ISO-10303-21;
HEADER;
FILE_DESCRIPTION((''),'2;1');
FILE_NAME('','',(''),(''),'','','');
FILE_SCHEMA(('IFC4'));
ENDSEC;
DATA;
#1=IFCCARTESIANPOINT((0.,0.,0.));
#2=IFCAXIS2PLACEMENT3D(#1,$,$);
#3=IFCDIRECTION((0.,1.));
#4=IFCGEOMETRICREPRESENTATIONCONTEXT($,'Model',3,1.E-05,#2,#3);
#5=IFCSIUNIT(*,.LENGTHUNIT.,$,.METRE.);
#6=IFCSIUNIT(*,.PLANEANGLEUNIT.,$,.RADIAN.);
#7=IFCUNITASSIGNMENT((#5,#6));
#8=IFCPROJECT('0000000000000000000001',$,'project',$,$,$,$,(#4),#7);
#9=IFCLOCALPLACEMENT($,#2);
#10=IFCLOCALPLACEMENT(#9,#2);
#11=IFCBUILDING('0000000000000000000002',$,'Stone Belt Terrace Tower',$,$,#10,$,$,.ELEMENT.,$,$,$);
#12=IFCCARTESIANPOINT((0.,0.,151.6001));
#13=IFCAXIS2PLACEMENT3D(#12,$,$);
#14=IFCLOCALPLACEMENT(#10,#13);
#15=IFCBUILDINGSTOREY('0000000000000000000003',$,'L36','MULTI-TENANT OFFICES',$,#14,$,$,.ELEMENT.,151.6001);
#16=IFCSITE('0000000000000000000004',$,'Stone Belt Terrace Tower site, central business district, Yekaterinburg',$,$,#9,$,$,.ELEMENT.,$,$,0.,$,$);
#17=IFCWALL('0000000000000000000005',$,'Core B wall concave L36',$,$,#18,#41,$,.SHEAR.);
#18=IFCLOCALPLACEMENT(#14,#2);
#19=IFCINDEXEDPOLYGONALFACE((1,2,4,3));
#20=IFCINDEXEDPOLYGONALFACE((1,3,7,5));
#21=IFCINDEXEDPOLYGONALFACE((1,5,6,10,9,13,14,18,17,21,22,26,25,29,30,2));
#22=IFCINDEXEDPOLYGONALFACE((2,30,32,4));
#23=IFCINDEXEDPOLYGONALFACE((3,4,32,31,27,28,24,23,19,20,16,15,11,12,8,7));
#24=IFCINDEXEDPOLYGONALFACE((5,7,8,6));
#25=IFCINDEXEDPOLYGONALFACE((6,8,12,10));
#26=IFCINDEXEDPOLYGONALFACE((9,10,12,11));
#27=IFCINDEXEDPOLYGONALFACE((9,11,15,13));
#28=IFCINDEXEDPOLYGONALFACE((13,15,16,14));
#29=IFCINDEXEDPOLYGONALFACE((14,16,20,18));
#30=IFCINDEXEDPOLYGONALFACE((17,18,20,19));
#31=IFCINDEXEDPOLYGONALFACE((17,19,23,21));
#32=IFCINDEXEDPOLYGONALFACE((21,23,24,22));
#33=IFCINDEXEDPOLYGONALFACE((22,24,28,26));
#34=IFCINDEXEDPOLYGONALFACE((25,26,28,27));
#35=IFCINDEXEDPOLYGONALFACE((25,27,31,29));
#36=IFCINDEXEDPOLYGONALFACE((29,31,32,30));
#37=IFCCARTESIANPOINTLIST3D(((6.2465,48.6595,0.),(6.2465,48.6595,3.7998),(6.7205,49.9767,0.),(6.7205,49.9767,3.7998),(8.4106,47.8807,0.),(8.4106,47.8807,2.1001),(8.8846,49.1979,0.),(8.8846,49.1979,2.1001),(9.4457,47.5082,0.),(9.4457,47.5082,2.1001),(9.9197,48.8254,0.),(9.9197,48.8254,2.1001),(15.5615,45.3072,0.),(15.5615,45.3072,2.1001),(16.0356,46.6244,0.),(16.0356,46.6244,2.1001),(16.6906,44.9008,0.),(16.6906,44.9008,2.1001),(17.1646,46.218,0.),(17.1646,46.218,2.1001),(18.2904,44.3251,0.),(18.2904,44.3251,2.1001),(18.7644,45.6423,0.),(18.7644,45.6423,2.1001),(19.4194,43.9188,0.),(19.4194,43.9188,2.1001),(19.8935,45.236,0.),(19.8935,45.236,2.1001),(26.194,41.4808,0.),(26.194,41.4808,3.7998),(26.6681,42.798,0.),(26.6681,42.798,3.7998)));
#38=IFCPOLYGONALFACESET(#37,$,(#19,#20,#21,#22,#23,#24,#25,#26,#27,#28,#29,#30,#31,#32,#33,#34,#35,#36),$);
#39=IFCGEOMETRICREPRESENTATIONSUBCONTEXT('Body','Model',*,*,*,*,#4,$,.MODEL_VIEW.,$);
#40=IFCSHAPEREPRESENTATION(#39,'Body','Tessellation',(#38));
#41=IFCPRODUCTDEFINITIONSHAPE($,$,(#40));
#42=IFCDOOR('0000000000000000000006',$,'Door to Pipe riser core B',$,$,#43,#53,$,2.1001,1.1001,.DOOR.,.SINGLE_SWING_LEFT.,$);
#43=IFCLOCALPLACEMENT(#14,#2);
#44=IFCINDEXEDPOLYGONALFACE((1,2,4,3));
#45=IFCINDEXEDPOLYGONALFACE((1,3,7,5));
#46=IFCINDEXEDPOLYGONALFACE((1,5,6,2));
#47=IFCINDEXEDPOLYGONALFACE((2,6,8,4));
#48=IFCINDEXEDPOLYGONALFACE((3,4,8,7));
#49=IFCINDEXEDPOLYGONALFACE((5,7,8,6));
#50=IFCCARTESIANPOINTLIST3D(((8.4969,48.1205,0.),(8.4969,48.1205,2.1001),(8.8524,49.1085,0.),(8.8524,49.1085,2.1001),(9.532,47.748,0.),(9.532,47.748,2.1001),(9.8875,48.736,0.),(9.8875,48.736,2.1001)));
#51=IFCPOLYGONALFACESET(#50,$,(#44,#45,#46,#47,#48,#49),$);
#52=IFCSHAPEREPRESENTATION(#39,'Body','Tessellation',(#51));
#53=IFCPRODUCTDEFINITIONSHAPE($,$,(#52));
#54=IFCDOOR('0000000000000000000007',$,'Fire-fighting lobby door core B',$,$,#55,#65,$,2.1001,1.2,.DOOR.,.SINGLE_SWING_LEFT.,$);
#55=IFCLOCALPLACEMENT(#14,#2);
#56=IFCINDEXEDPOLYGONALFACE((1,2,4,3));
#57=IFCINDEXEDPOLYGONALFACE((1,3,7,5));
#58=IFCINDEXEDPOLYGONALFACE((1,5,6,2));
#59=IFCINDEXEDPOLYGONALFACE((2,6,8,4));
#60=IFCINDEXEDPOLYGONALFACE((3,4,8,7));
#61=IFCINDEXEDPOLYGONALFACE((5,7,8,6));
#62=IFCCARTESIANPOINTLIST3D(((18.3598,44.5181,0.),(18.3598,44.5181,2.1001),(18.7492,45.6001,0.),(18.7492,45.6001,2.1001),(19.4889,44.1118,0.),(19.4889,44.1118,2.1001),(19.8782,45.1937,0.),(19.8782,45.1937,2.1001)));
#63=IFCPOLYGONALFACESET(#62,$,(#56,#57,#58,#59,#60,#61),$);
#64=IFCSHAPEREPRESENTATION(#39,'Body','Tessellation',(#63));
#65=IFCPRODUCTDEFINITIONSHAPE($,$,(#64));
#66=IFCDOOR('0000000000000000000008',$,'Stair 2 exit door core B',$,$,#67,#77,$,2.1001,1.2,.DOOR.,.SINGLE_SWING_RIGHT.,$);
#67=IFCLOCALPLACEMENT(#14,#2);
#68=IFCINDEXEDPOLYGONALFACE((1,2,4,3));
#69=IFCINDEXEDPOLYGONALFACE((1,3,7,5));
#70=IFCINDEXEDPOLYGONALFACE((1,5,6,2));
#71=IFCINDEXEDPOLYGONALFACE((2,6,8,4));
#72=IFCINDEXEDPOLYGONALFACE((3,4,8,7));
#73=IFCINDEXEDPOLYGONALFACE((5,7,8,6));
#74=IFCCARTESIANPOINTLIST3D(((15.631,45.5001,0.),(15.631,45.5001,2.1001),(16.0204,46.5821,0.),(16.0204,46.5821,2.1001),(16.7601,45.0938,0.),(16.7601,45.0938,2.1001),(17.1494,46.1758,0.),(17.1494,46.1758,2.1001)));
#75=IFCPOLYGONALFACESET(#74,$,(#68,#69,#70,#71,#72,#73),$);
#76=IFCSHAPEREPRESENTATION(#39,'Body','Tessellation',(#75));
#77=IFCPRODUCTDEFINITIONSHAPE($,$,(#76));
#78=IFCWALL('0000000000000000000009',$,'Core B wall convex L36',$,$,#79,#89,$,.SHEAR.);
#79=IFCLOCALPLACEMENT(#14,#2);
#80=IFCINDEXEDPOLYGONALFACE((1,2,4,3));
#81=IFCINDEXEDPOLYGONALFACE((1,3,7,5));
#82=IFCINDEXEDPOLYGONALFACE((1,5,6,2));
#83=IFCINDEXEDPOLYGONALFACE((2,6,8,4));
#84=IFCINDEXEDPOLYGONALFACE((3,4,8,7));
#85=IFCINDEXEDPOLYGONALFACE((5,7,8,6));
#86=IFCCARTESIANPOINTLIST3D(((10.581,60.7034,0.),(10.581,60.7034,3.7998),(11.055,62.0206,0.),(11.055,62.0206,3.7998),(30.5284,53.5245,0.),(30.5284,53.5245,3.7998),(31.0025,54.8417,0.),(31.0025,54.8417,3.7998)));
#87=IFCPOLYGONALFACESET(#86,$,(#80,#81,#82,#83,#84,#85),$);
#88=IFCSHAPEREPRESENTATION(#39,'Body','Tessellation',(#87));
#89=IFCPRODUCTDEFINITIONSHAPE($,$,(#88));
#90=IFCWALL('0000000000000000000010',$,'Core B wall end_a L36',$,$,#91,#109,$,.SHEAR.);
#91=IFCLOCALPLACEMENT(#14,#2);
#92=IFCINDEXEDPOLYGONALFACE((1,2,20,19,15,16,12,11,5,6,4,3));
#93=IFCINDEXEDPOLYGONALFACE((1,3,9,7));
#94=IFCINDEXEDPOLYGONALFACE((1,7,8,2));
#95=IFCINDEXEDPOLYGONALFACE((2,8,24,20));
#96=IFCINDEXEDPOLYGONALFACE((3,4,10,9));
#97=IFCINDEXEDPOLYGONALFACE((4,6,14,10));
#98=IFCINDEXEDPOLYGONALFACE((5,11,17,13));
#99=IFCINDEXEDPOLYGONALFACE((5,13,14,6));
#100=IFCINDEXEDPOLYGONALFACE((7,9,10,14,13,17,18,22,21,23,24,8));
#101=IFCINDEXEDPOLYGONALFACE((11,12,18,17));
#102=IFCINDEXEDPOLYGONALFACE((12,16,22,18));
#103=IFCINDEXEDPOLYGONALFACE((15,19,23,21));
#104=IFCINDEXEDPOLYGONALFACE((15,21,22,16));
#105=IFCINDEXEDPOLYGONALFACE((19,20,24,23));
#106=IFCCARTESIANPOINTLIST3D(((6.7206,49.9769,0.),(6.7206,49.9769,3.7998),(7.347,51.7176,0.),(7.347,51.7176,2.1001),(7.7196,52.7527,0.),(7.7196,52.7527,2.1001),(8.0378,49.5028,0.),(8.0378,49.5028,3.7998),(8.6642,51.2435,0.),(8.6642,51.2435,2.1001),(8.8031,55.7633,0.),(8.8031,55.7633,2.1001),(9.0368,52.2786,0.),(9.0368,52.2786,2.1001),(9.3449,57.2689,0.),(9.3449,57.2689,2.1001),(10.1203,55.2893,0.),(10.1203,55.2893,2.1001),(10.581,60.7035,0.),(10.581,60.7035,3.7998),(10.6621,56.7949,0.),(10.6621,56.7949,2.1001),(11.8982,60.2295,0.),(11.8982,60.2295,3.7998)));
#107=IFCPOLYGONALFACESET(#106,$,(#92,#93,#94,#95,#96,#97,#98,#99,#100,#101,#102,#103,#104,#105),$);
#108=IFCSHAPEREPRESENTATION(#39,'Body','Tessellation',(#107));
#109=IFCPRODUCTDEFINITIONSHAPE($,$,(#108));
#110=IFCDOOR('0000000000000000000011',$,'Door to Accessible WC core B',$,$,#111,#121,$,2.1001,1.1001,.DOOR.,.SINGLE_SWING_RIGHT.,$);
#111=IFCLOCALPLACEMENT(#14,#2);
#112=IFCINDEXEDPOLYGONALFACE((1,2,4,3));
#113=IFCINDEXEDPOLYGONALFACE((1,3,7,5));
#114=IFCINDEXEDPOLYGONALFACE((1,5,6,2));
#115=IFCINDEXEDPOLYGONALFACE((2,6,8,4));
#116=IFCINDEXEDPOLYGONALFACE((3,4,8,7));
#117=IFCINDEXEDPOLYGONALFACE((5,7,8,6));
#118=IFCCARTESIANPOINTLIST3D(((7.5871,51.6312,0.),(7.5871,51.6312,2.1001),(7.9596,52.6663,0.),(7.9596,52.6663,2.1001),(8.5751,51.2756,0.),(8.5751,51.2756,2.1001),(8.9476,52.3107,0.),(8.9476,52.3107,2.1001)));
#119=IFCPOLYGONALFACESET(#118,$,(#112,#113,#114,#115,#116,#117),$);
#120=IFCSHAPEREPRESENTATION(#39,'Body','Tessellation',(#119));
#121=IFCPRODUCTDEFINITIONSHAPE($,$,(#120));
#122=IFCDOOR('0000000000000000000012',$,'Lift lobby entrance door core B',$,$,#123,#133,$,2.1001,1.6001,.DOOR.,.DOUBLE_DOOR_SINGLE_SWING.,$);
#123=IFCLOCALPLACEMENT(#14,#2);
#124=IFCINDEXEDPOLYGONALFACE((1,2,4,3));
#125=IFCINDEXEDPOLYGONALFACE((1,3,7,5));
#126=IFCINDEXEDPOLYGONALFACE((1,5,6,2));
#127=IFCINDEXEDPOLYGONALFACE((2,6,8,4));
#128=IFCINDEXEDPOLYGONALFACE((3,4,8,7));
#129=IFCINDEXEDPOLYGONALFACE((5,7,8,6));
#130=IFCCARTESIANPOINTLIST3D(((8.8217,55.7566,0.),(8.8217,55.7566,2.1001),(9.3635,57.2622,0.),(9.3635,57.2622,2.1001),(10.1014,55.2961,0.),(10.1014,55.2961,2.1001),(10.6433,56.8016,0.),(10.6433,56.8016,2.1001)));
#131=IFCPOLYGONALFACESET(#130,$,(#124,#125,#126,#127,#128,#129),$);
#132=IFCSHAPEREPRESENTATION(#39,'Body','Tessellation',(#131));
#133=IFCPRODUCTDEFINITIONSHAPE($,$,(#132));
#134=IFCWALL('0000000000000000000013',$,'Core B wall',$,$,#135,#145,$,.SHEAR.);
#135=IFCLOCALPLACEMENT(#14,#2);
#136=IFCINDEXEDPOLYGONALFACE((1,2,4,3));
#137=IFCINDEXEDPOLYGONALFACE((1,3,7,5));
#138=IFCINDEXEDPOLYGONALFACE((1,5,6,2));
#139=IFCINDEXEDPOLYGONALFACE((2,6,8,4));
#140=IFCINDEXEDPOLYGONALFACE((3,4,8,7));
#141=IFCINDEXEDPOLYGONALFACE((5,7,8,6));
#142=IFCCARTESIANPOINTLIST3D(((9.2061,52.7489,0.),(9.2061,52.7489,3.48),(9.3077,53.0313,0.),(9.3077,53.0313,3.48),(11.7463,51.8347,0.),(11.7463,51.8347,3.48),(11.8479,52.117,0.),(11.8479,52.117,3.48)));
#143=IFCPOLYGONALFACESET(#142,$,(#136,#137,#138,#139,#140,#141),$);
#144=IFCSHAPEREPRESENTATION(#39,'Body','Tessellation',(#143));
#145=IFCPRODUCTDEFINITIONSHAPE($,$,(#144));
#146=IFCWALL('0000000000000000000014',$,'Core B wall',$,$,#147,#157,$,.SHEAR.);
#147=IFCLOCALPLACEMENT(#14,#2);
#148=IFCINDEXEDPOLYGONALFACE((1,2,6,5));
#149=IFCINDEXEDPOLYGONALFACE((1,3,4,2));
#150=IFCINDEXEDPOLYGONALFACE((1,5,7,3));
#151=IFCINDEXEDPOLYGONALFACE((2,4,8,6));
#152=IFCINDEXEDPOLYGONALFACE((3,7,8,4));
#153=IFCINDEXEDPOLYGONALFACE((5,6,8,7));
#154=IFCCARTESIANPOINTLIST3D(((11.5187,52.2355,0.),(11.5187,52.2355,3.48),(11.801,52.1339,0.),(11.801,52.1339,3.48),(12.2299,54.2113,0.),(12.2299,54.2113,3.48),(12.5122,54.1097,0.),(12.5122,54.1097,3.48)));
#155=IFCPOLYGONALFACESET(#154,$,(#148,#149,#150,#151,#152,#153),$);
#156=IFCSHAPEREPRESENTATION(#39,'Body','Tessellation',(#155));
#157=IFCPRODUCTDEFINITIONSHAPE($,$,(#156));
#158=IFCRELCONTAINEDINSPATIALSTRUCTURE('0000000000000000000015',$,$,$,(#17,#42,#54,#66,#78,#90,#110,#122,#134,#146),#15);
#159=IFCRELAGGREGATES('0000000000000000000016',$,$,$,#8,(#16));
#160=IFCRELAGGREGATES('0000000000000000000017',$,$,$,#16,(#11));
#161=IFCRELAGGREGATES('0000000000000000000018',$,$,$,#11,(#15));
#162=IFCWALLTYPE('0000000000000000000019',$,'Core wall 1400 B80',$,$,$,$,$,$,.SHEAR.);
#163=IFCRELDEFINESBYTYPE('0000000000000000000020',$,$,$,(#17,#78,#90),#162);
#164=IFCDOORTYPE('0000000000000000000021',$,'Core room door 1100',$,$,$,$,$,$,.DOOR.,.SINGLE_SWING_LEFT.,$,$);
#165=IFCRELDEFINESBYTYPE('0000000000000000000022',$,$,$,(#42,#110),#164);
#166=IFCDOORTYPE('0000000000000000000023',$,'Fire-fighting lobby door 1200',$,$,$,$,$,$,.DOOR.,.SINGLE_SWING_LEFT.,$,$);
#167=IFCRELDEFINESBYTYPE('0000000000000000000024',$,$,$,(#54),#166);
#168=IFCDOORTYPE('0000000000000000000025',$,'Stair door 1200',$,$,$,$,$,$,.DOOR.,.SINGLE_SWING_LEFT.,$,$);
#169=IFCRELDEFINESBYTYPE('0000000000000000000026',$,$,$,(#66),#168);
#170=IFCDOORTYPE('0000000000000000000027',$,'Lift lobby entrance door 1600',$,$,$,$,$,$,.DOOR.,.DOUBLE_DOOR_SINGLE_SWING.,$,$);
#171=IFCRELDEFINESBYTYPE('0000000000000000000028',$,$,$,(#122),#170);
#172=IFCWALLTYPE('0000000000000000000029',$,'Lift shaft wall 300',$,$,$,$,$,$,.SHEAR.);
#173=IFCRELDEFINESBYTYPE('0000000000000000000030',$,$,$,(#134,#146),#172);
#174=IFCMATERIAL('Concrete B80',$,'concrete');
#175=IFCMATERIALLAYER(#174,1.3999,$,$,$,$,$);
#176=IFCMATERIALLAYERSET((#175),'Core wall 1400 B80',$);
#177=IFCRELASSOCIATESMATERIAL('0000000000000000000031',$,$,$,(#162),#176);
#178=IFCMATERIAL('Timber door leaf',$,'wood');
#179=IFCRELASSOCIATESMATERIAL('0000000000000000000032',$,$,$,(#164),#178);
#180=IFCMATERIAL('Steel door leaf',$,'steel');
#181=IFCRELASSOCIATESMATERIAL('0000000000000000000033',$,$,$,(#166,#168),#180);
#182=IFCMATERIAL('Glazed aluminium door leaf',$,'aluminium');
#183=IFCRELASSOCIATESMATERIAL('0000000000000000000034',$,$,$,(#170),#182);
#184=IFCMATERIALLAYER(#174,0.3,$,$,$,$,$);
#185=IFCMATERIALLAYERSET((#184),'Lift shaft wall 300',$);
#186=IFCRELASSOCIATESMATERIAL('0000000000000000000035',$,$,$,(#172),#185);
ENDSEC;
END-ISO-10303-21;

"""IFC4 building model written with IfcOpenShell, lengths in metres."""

from ifc_helpers import new_model, si_unit, direction, frame, frame_2d, origin, place, context, subcontext, project, spatial, rectangle, extrude, material, layer, layer_set, type_object, element, fill, save


model = new_model("IFC4")

# Units and contexts
model_context = context("Model", 3, precision=1e-05, world=origin(), true_north=direction((0.0, 1.0)))
body_context = subcontext(model_context, "Body", "Model", "MODEL_VIEW")
ifc_project = project(units=[si_unit("LENGTHUNIT", "METRE"), si_unit("PLANEANGLEUNIT", "RADIAN")], contexts=[model_context])

# Site, building, storey
site_placement = place(None, origin())
site = spatial("IfcSite", under=ifc_project, at=site_placement, Name="Stone Belt Terrace Tower site, central business district, Yekaterinburg", CompositionType="ELEMENT", RefElevation=0.0)
building_placement = place(site_placement, origin())
building = spatial("IfcBuilding", under=site, at=building_placement, Name="Stone Belt Terrace Tower", CompositionType="ELEMENT")
storey_placement = place(building_placement, frame((0.0, 0.0, 151.6001)))
storey = spatial("IfcBuildingStorey", under=building, at=storey_placement, Name="L36", Description="MULTI-TENANT OFFICES", CompositionType="ELEMENT", Elevation=151.6001)

# Shared definitions
ifc_material_1 = material(Name="Concrete B80", Category="concrete")

# Shared definitions
ifc_material_2 = material(Name="Timber door leaf", Category="wood")

# Wall, openings, doors
ifc_layer_1 = layer(ifc_material_1, 1.3999)
ifc_layer_set_1 = layer_set([ifc_layer_1], Name="Core wall 1400 B80")
wall_type_1 = type_object("IfcWallType", Name="Core wall 1400 B80", PredefinedType="SHEAR", material=ifc_layer_set_1)
wall_1_placement = place(storey_placement, frame((6.4834, 49.3181, 0.0), z_axis=(0.0, 0.0, 1.0), x_axis=(0.940923, -0.33862, 0.0)))
wall_1 = element("IfcWall", 1, at=wall_1_placement, inside=storey, type_object=wall_type_1, Name="Core B wall concave L36", PredefinedType="SHEAR", context=body_context, shape_type="SweptSolid", body=[
    extrude(rectangle(XDim=21.2, YDim=1.3999, at=frame_2d((10.6001, 0.0))), origin(), (0.0, 0.0, 1.0), 3.7998),
])
opening_1_placement = place(wall_1_placement, frame((12.8, 0.0, 0.0)))
opening_1 = element("IfcOpeningElement", 2, at=opening_1_placement, cuts=wall_1, PredefinedType="OPENING", context=body_context, shape_type="SweptSolid", body=[
    extrude(rectangle(XDim=1.2, YDim=2.1001, at=frame_2d((0.6001, 1.05))), frame((0.0, 0.71, 0.0), z_axis=(0.0, -1.0, 0.0), x_axis=(1.0, 0.0, 0.0)), (0.0, 0.0, 1.0), 1.4199),
])
opening_2_placement = place(wall_1_placement, frame((9.8999, 0.0, 0.0)))
opening_2 = element("IfcOpeningElement", 3, at=opening_2_placement, cuts=wall_1, PredefinedType="OPENING", context=body_context, shape_type="SweptSolid", body=[
    extrude(rectangle(XDim=1.2, YDim=2.1001, at=frame_2d((0.6001, 1.05))), frame((0.0, 0.71, 0.0), z_axis=(0.0, -1.0, 0.0), x_axis=(1.0, 0.0, 0.0)), (0.0, 0.0, 1.0), 1.4199),
])
opening_3_placement = place(wall_1_placement, frame((2.3, 0.0, 0.0)))
opening_3 = element("IfcOpeningElement", 4, at=opening_3_placement, cuts=wall_1, PredefinedType="OPENING", context=body_context, shape_type="SweptSolid", body=[
    extrude(rectangle(XDim=1.1001, YDim=2.1001, at=frame_2d((0.55, 1.05))), frame((0.0, 0.71, 0.0), z_axis=(0.0, -1.0, 0.0), x_axis=(1.0, 0.0, 0.0)), (0.0, 0.0, 1.0), 1.4199),
])
door_type_1 = type_object("IfcDoorType", Name="Core room door 1100", OperationType="SINGLE_SWING_LEFT", PredefinedType="DOOR", material=ifc_material_2)
door_1_placement = place(opening_3_placement, origin())
door_1 = element("IfcDoor", 5, at=door_1_placement, inside=storey, type_object=door_type_1, Name="Door to Pipe riser core B", OperationType="SINGLE_SWING_LEFT", OverallHeight=2.1001, OverallWidth=1.1001, PredefinedType="DOOR", context=body_context, shape_type="SweptSolid", body=[
    extrude(rectangle(XDim=1.1001, YDim=2.1001, at=frame_2d((0.55, 1.05))), frame((0.0, 0.605, 0.0), z_axis=(0.0, -1.0, 0.0), x_axis=(1.0, 0.0, 0.0)), (0.0, 0.0, 1.0), 1.05),
])
fill(opening_3, door_1)
ifc_material_3 = material(Name="Steel door leaf", Category="steel")
door_type_2 = type_object("IfcDoorType", Name="Fire-fighting lobby door 1200", OperationType="SINGLE_SWING_LEFT", PredefinedType="DOOR", material=ifc_material_3)
door_2_placement = place(opening_1_placement, origin())
door_2 = element("IfcDoor", 6, at=door_2_placement, inside=storey, type_object=door_type_2, Name="Fire-fighting lobby door core B", OperationType="SINGLE_SWING_LEFT", OverallHeight=2.1001, OverallWidth=1.2, PredefinedType="DOOR", context=body_context, shape_type="SweptSolid", body=[
    extrude(rectangle(XDim=1.2, YDim=2.1001, at=frame_2d((0.6001, 1.05))), frame((0.0, 0.655, 0.0), z_axis=(0.0, -1.0, 0.0), x_axis=(1.0, 0.0, 0.0)), (0.0, 0.0, 1.0), 1.1499),
])
fill(opening_1, door_2)
door_type_3 = type_object("IfcDoorType", Name="Stair door 1200", OperationType="SINGLE_SWING_LEFT", PredefinedType="DOOR", material=ifc_material_3)
door_3_placement = place(opening_2_placement, origin())
door_3 = element("IfcDoor", 7, at=door_3_placement, inside=storey, type_object=door_type_3, Name="Stair 2 exit door core B", OperationType="SINGLE_SWING_RIGHT", OverallHeight=2.1001, OverallWidth=1.2, PredefinedType="DOOR", context=body_context, shape_type="SweptSolid", body=[
    extrude(rectangle(XDim=1.2, YDim=2.1001, at=frame_2d((0.6001, 1.05))), frame((0.0, 0.655, 0.0), z_axis=(0.0, -1.0, 0.0), x_axis=(1.0, 0.0, 0.0)), (0.0, 0.0, 1.0), 1.1499),
])
fill(opening_2, door_3)

# Wall
wall_2_placement = place(storey_placement, frame((10.8179, 61.3621, 0.0), z_axis=(0.0, 0.0, 1.0), x_axis=(0.94092, -0.33863, 0.0)))
element("IfcWall", 8, at=wall_2_placement, inside=storey, type_object=wall_type_1, Name="Core B wall convex L36", PredefinedType="SHEAR", context=body_context, shape_type="SweptSolid", body=[
    extrude(rectangle(XDim=21.2, YDim=1.3999, at=frame_2d((10.6001, 0.0))), origin(), (0.0, 0.0, 1.0), 3.7998),
])

# Wall, openings, doors
wall_3_placement = place(storey_placement, frame((7.3792, 49.7397, 0.0), z_axis=(0.0, 0.0, 1.0), x_axis=(0.338625, 0.940921, 0.0)))
wall_3 = element("IfcWall", 9, at=wall_3_placement, inside=storey, type_object=wall_type_1, Name="Core B wall end_a L36", PredefinedType="SHEAR", context=body_context, shape_type="SweptSolid", body=[
    extrude(rectangle(XDim=11.4001, YDim=1.3999, at=frame_2d((5.7002, 0.0))), origin(), (0.0, 0.0, 1.0), 3.7998),
])
opening_4_placement = place(wall_3_placement, frame((6.1499, 0.0, 0.0)))
opening_4 = element("IfcOpeningElement", 10, at=opening_4_placement, cuts=wall_3, PredefinedType="OPENING", context=body_context, shape_type="SweptSolid", body=[
    extrude(rectangle(XDim=1.6001, YDim=2.1001, at=frame_2d((0.8, 1.05))), frame((0.0, 0.71, 0.0), z_axis=(0.0, -1.0, 0.0), x_axis=(1.0, 0.0, 0.0)), (0.0, 0.0, 1.0), 1.4199),
])
opening_5_placement = place(wall_3_placement, frame((1.8501, 0.0, 0.0)))
opening_5 = element("IfcOpeningElement", 11, at=opening_5_placement, cuts=wall_3, PredefinedType="OPENING", context=body_context, shape_type="SweptSolid", body=[
    extrude(rectangle(XDim=1.1001, YDim=2.1001, at=frame_2d((0.55, 1.05))), frame((0.0, 0.71, 0.0), z_axis=(0.0, -1.0, 0.0), x_axis=(1.0, 0.0, 0.0)), (0.0, 0.0, 1.0), 1.4199),
])
door_4_placement = place(opening_5_placement, origin())
door_4 = element("IfcDoor", 12, at=door_4_placement, inside=storey, type_object=door_type_1, Name="Door to Accessible WC core B", OperationType="SINGLE_SWING_RIGHT", OverallHeight=2.1001, OverallWidth=1.1001, PredefinedType="DOOR", context=body_context, shape_type="SweptSolid", body=[
    extrude(rectangle(XDim=1.1001, YDim=2.1001, at=frame_2d((0.55, 1.05))), frame((0.0, 0.4448, 0.0), z_axis=(0.0, -1.0, 0.0), x_axis=(1.0, 0.0, 0.0)), (0.0, 0.0, 1.0), 1.05),
])
fill(opening_5, door_4)
ifc_material_4 = material(Name="Glazed aluminium door leaf", Category="aluminium")
door_type_4 = type_object("IfcDoorType", Name="Lift lobby entrance door 1600", OperationType="DOUBLE_DOOR_SINGLE_SWING", PredefinedType="DOOR", material=ifc_material_4)
door_5_placement = place(opening_4_placement, origin())
door_5 = element("IfcDoor", 13, at=door_5_placement, inside=storey, type_object=door_type_4, Name="Lift lobby entrance door core B", OperationType="DOUBLE_DOOR_SINGLE_SWING", OverallHeight=2.1001, OverallWidth=1.6001, PredefinedType="DOOR", context=body_context, shape_type="SweptSolid", body=[
    extrude(rectangle(XDim=1.6001, YDim=2.1001, at=frame_2d((0.8, 1.05))), frame((0.0, 0.6802, 0.0), z_axis=(0.0, -1.0, 0.0), x_axis=(1.0, 0.0, 0.0)), (0.0, 0.0, 1.0), 1.3601),
])
fill(opening_4, door_5)

# Walls
ifc_layer_2 = layer(ifc_material_1, 0.3)
ifc_layer_set_2 = layer_set([ifc_layer_2], Name="Lift shaft wall 300")
wall_type_2 = type_object("IfcWallType", Name="Lift shaft wall 300", PredefinedType="SHEAR", material=ifc_layer_set_2)
wall_4_placement = place(storey_placement, frame((11.7971, 51.9758, 0.0), z_axis=(0.0, 0.0, 1.0), x_axis=(-0.94091, 0.338655, 0.0)))
element("IfcWall", 14, at=wall_4_placement, inside=storey, type_object=wall_type_2, Name="Core B wall", PredefinedType="SHEAR", context=body_context, shape_type="SweptSolid", body=[
    extrude(rectangle(XDim=2.6997, YDim=0.3, at=frame_2d((1.3499, 0.0))), origin(), (0.0, 0.0, 1.0), 3.48),
])
wall_5_placement = place(storey_placement, frame((11.6599, 52.1848, 0.0), z_axis=(0.0, 0.0, 1.0), x_axis=(0.33867, 0.940905, 0.0)))
element("IfcWall", 15, at=wall_5_placement, inside=storey, type_object=wall_type_2, Name="Core B wall", PredefinedType="SHEAR", context=body_context, shape_type="SweptSolid", body=[
    extrude(rectangle(XDim=2.0999, YDim=0.3, at=frame_2d((1.0498, 0.0))), origin(), (0.0, 0.0, 1.0), 3.48),
])

save(model, "model.ifc")
